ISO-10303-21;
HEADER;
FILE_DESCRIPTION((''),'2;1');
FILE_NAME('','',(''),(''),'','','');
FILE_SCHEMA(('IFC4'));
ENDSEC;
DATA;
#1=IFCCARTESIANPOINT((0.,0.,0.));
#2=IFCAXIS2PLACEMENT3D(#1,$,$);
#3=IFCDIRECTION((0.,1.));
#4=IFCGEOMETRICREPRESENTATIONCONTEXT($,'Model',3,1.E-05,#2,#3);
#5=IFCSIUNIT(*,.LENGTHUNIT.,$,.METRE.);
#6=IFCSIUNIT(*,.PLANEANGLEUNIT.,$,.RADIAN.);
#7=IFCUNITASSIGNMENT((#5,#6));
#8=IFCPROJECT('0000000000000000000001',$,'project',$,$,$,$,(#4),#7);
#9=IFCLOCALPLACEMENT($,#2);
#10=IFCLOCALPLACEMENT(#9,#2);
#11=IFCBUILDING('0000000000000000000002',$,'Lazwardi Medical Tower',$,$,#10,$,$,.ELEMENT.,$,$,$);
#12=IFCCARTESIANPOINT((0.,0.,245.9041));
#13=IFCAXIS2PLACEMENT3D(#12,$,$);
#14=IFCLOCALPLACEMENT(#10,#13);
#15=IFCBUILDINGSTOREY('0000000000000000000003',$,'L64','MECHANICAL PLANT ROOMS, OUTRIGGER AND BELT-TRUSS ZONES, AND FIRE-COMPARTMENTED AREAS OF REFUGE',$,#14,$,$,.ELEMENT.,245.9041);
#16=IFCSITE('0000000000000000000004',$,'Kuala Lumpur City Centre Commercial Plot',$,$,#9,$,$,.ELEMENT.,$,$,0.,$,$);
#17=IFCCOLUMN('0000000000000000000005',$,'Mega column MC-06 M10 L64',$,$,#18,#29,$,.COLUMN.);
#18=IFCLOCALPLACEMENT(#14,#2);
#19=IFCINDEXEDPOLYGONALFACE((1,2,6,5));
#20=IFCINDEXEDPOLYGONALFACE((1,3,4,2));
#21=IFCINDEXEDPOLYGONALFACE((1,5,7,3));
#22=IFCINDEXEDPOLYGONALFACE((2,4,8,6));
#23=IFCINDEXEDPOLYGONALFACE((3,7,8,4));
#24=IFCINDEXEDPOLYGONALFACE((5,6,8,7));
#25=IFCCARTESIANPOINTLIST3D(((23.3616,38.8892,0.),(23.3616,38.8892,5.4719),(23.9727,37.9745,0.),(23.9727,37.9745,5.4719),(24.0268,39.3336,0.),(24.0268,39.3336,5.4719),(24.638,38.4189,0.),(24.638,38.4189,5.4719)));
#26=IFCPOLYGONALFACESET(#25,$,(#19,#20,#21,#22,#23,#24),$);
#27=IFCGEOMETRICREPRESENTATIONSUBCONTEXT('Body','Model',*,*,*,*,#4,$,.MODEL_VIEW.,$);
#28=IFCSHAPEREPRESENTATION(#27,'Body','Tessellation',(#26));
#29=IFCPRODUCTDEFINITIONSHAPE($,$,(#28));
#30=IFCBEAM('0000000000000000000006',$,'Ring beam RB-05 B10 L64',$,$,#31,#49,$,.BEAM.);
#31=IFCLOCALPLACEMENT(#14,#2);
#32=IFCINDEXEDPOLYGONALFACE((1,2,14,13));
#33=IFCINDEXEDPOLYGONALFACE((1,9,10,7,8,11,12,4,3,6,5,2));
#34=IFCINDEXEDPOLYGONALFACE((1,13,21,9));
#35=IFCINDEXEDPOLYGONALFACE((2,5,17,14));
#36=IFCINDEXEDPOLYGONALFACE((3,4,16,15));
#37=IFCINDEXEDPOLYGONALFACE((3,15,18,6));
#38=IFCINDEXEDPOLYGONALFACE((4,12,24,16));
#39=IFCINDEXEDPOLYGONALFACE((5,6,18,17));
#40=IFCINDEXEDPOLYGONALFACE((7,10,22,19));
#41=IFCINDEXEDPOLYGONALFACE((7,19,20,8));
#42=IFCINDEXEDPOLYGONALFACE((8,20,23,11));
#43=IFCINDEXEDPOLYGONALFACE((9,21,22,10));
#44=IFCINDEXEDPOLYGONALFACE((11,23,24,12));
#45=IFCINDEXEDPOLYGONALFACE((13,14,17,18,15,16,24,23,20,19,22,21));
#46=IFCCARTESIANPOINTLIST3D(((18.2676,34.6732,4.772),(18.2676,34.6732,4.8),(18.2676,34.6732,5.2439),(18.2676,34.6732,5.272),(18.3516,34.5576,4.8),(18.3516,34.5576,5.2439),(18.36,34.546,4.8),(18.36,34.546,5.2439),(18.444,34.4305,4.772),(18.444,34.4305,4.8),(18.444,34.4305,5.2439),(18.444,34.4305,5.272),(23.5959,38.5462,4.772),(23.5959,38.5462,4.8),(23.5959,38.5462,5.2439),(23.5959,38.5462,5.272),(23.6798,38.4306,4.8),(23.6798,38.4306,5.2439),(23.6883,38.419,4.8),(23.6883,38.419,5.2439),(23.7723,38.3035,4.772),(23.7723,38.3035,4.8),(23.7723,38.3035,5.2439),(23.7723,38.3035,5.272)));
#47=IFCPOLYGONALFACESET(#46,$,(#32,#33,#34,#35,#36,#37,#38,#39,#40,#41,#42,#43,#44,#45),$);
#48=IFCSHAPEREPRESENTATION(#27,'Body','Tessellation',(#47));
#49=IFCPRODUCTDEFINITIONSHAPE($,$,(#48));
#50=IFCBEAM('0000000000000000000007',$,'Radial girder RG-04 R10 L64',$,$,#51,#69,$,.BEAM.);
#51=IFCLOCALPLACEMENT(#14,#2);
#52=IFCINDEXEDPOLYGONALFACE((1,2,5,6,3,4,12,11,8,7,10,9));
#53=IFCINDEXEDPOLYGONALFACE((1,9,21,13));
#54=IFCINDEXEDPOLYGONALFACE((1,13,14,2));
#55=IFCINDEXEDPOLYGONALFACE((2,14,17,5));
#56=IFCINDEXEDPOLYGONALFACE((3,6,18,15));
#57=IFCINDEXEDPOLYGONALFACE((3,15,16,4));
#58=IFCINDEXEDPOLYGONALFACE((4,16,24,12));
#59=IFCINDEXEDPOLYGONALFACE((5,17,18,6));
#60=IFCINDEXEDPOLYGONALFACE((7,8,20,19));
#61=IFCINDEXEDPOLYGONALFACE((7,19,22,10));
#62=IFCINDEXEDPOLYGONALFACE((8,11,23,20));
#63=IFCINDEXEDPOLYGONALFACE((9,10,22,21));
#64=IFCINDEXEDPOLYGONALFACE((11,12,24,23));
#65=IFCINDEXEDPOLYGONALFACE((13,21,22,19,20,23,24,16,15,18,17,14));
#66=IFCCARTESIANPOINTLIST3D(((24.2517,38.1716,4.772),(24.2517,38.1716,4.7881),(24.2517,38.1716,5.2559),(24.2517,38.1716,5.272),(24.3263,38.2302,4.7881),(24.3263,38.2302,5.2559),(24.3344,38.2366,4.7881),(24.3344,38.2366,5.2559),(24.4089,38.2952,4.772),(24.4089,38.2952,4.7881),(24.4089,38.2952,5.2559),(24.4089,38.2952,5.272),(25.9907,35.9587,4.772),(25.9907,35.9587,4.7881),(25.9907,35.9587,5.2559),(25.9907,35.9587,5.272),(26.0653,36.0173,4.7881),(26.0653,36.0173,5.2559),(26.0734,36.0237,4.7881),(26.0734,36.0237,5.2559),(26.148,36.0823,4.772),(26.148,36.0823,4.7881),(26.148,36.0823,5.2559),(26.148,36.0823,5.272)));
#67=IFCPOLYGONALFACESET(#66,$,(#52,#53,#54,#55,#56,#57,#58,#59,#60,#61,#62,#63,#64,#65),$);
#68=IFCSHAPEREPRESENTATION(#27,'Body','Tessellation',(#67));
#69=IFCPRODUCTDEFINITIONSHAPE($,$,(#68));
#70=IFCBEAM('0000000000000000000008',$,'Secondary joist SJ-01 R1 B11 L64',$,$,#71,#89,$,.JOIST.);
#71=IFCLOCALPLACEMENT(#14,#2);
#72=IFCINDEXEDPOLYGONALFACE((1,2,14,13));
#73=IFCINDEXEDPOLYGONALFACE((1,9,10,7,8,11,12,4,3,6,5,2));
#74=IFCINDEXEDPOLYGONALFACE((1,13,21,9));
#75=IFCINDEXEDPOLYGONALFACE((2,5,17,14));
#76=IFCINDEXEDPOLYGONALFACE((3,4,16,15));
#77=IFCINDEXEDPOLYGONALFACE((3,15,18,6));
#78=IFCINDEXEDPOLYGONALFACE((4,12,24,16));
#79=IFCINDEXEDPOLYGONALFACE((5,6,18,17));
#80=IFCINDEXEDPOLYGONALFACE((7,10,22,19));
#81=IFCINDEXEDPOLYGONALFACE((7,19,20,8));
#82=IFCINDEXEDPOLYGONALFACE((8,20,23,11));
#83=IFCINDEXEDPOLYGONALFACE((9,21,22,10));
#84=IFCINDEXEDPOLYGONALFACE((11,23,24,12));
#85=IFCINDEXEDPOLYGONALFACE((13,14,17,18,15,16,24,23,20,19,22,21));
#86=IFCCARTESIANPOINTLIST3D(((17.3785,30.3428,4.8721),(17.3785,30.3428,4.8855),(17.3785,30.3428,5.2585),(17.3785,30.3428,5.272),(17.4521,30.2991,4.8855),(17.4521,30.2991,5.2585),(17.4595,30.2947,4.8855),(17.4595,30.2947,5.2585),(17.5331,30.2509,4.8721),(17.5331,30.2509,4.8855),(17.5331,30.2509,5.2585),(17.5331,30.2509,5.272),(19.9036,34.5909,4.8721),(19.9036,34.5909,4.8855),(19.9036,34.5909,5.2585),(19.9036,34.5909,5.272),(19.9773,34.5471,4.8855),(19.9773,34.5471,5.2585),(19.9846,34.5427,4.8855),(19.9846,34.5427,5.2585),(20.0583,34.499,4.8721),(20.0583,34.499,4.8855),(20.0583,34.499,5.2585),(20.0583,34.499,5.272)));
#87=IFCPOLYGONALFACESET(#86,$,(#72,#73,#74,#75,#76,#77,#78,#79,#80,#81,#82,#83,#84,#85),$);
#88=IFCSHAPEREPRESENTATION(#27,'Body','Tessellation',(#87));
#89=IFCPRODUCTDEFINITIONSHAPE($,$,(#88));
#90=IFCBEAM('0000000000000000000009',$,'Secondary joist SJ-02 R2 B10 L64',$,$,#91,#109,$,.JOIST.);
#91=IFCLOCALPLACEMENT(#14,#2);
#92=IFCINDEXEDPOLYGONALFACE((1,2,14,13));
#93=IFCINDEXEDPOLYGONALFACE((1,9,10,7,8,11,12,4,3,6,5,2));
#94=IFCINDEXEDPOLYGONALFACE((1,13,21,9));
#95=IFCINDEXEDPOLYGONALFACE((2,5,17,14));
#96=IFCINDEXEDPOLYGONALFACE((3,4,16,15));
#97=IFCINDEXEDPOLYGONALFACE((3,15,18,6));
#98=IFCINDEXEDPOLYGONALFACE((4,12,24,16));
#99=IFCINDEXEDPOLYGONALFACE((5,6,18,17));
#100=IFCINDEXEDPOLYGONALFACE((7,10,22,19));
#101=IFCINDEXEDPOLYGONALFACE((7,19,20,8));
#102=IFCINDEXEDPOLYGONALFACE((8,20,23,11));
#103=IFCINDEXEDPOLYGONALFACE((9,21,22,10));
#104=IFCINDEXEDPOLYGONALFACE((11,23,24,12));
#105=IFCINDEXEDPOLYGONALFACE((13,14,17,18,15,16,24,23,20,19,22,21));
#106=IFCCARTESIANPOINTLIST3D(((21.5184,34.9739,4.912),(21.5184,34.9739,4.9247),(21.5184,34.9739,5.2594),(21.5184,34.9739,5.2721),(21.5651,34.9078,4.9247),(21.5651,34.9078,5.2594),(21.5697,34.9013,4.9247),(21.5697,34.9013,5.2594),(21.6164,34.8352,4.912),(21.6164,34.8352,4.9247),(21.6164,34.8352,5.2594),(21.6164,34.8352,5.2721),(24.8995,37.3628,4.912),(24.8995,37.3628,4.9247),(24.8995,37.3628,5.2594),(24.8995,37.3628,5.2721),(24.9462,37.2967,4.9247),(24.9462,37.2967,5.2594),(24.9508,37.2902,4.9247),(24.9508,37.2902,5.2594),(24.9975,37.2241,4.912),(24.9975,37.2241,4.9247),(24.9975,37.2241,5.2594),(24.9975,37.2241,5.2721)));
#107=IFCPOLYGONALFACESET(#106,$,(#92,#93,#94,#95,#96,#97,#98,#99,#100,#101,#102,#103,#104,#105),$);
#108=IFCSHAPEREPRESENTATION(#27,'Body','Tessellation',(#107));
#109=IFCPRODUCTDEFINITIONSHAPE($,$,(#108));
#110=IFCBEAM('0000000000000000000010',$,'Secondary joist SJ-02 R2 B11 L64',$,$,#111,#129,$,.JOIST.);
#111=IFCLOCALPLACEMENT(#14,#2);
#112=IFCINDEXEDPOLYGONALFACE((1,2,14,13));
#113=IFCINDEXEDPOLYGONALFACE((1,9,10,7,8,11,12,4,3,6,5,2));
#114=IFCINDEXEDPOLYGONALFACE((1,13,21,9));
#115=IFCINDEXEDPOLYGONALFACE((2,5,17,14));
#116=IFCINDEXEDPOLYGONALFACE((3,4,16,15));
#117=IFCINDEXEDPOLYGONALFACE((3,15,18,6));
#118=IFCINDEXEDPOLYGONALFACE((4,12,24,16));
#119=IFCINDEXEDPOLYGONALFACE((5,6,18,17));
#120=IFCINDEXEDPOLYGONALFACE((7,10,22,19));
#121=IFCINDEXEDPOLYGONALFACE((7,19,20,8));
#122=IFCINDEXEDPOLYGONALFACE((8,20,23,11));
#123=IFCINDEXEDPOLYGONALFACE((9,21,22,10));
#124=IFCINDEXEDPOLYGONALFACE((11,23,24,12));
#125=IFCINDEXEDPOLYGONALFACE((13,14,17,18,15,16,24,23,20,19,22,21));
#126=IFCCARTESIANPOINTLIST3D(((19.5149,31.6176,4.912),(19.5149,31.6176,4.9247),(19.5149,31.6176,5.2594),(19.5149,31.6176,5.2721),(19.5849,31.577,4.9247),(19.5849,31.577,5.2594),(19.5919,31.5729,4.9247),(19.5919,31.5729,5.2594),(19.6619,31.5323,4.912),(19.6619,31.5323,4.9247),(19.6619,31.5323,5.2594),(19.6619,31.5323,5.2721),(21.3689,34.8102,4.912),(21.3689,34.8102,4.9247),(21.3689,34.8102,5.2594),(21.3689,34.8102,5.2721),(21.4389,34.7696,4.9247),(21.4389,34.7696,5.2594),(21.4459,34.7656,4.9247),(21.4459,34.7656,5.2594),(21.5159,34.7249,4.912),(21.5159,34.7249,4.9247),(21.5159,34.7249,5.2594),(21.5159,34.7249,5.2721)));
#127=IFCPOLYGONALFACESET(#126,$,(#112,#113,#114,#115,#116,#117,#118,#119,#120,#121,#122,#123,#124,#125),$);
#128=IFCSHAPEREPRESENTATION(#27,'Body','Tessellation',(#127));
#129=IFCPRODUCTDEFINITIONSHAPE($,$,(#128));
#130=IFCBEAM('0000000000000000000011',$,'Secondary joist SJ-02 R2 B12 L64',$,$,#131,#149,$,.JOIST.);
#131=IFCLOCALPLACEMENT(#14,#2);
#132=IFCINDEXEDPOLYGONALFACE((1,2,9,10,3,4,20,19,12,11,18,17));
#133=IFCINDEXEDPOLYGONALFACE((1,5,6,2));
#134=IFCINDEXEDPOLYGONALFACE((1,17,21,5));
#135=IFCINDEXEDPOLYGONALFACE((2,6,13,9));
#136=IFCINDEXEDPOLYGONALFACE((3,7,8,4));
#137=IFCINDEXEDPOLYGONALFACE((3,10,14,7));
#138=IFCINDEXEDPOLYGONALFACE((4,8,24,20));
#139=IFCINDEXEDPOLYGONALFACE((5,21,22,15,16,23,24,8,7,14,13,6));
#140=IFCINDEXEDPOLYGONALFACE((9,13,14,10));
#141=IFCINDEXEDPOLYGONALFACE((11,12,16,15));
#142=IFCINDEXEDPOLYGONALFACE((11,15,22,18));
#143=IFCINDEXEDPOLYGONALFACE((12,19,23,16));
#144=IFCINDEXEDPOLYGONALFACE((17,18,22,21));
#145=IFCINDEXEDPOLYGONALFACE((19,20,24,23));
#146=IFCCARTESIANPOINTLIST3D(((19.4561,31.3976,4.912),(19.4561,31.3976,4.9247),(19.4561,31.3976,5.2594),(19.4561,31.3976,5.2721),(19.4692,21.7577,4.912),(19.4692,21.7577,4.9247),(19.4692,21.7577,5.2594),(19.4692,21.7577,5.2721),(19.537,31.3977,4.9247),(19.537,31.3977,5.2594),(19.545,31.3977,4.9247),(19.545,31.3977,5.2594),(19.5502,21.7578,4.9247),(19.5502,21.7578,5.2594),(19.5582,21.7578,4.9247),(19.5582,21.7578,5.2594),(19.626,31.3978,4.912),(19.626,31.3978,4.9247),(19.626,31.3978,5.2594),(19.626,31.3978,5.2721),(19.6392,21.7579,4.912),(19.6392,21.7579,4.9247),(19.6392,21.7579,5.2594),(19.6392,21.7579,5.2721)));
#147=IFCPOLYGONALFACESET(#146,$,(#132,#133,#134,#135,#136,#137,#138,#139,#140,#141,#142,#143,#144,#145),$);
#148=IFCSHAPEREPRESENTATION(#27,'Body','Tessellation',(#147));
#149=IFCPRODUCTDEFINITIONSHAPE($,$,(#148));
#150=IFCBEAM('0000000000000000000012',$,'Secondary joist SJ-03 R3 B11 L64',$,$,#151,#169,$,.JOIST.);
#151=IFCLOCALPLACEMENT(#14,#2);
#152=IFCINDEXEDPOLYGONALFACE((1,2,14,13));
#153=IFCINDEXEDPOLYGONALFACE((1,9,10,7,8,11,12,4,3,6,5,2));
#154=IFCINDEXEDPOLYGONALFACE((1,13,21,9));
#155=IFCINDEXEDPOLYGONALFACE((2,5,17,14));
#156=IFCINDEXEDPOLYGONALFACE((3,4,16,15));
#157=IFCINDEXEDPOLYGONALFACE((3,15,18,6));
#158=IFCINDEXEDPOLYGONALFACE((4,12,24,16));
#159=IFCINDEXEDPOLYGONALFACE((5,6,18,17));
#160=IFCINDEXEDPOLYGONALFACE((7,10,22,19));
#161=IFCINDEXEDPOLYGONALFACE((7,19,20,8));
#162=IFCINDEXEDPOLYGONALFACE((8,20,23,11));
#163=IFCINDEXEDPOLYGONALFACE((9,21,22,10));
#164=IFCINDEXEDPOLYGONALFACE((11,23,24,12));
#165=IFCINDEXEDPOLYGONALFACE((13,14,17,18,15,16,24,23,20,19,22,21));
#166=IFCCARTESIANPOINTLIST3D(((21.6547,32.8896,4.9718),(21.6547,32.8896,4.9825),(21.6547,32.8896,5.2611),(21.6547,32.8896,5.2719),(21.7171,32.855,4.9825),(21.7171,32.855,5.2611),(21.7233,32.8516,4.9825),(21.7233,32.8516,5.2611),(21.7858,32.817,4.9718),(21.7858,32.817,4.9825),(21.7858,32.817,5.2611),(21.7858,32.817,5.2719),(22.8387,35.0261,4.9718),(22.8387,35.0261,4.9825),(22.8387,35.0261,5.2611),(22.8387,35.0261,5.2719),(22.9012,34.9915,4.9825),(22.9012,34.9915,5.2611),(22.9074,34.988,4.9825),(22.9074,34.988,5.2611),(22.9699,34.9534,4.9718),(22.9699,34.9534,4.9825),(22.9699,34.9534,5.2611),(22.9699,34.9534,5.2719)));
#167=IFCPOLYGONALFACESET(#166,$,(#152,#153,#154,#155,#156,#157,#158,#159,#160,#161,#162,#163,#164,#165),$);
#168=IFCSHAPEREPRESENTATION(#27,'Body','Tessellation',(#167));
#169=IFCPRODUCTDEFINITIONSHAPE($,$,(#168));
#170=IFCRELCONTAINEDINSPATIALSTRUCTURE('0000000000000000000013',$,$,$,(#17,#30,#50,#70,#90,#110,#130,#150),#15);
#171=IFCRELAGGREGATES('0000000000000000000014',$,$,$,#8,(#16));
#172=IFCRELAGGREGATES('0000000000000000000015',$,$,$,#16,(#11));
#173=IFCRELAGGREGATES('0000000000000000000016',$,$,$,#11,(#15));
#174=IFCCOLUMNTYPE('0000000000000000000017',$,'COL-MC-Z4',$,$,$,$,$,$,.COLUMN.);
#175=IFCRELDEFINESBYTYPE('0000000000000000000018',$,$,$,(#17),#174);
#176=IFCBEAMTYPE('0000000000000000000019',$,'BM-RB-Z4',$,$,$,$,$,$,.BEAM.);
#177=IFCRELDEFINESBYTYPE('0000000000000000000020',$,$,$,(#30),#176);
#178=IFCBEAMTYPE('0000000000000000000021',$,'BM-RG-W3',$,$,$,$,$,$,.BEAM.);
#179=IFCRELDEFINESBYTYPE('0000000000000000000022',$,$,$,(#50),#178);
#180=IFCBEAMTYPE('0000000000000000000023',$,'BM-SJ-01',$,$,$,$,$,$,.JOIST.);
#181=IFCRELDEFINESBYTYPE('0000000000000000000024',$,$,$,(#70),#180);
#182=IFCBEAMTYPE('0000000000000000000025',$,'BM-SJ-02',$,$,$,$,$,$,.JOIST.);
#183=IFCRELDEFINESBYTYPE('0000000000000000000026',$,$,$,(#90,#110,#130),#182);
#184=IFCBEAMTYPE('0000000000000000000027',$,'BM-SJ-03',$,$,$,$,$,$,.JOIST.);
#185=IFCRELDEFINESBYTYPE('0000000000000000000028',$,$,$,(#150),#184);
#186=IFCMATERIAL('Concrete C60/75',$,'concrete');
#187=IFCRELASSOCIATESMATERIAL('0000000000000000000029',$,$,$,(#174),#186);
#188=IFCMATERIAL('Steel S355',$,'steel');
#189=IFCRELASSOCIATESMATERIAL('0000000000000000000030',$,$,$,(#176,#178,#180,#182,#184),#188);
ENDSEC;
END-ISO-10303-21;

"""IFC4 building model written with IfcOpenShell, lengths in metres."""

from ifc_helpers import new_model, si_unit, direction, frame, origin, origin_2d, place, context, subcontext, project, spatial, rectangle, i_section, extrude, material, material_profile, profile_set, type_object, element, save


model = new_model("IFC4")

# Units and contexts
model_context = context("Model", 3, precision=1e-05, world=origin(), true_north=direction((0.0, 1.0)))
body_context = subcontext(model_context, "Body", "Model", "MODEL_VIEW")
ifc_project = project(units=[si_unit("LENGTHUNIT", "METRE"), si_unit("PLANEANGLEUNIT", "RADIAN")], contexts=[model_context])

# Site, building, storey
site_placement = place(None, origin())
site = spatial("IfcSite", under=ifc_project, at=site_placement, Name="Kuala Lumpur City Centre Commercial Plot", CompositionType="ELEMENT", RefElevation=0.0)
building_placement = place(site_placement, origin())
building = spatial("IfcBuilding", under=site, at=building_placement, Name="Lazwardi Medical Tower", CompositionType="ELEMENT")
storey_placement = place(building_placement, frame((0.0, 0.0, 245.9041)))
storey = spatial("IfcBuildingStorey", under=building, at=storey_placement, Name="L64", Description="MECHANICAL PLANT ROOMS, OUTRIGGER AND BELT-TRUSS ZONES, AND FIRE-COMPARTMENTED AREAS OF REFUGE", CompositionType="ELEMENT", Elevation=245.9041)

# Column
ifc_material_1 = material(Name="Concrete C60/75", Category="concrete")
ifc_material_profile_1 = material_profile(ifc_material_1, rectangle(XDim=1.1001, YDim=0.8, at=origin_2d()), Name="CFT-RECT 1100x800")
ifc_profile_set_1 = profile_set([ifc_material_profile_1], Name="Concrete C60/75")
column_type = type_object("IfcColumnType", Name="COL-MC-Z4", PredefinedType="COLUMN", material=ifc_profile_set_1)
column_placement = place(storey_placement, frame((23.9998, 38.6541, 0.0), z_axis=(0.0, 0.0, 1.0), x_axis=(-0.55557, 0.83147, 0.0)))
element("IfcColumn", 1, at=column_placement, inside=storey, type_object=column_type, Name="Mega column MC-06 M10 L64", PredefinedType="COLUMN", context=body_context, shape_type="SweptSolid", body=[
    extrude(rectangle(XDim=1.1001, YDim=0.8, at=origin_2d()), origin(), (0.0, 0.0, 1.0), 5.4719),
])

# Beams
ifc_material_2 = material(Name="Steel S355", Category="steel")
ifc_material_profile_2 = material_profile(ifc_material_2, i_section(OverallWidth=0.3, OverallDepth=0.5, WebThickness=0.0144, FlangeThickness=0.0281, at=origin_2d()), Name="HEB 500")
ifc_profile_set_2 = profile_set([ifc_material_profile_2], Name="Steel S355")
beam_type_1 = type_object("IfcBeamType", Name="BM-RB-Z4", PredefinedType="BEAM", material=ifc_profile_set_2)
beam_1_placement = place(storey_placement, frame((23.6841, 38.4248, 5.022), z_axis=(-0.80889, -0.58796, 0.0), x_axis=(0.58796, -0.80889, 0.0)))
element("IfcBeam", 2, at=beam_1_placement, inside=storey, type_object=beam_type_1, Name="Ring beam RB-05 B10 L64", PredefinedType="BEAM", context=body_context, shape_type="SweptSolid", body=[
    extrude(i_section(OverallWidth=0.3, OverallDepth=0.5, WebThickness=0.0144, FlangeThickness=0.0281, at=origin_2d()), origin(), (0.0, 0.0, 1.0), 6.5872),
])
ifc_material_profile_3 = material_profile(ifc_material_2, i_section(OverallWidth=0.2, OverallDepth=0.5, WebThickness=0.0103, FlangeThickness=0.0161, at=origin_2d()), Name="IPE 500")
ifc_profile_set_3 = profile_set([ifc_material_profile_3], Name="Steel S355")
beam_type_2 = type_object("IfcBeamType", Name="BM-RG-W3", PredefinedType="BEAM", material=ifc_profile_set_3)
beam_2_placement = place(storey_placement, frame((24.3303, 38.2334, 5.022), z_axis=(0.617891, -0.786264, 0.0), x_axis=(0.786264, 0.617891, 0.0)))
element("IfcBeam", 3, at=beam_2_placement, inside=storey, type_object=beam_type_2, Name="Radial girder RG-04 R10 L64", PredefinedType="BEAM", context=body_context, shape_type="SweptSolid", body=[
    extrude(i_section(OverallWidth=0.2, OverallDepth=0.5, WebThickness=0.0103, FlangeThickness=0.0161, at=origin_2d()), origin(), (0.0, 0.0, 1.0), 2.8145),
])
ifc_material_profile_4 = material_profile(ifc_material_2, i_section(OverallWidth=0.1799, OverallDepth=0.3999, WebThickness=0.0085, FlangeThickness=0.0134, at=origin_2d()), Name="IPE 400")
ifc_profile_set_4 = profile_set([ifc_material_profile_4], Name="Steel S355")
beam_type_3 = type_object("IfcBeamType", Name="BM-SJ-01", PredefinedType="JOIST", material=ifc_profile_set_4)
beam_3_placement = place(storey_placement, frame((19.981, 34.5449, 5.072), z_axis=(-0.510968, -0.8596, 0.0), x_axis=(0.8596, -0.510968, 0.0)))
element("IfcBeam", 4, at=beam_3_placement, inside=storey, type_object=beam_type_3, Name="Secondary joist SJ-01 R1 B11 L64", PredefinedType="JOIST", context=body_context, shape_type="SweptSolid", body=[
    extrude(i_section(OverallWidth=0.1799, OverallDepth=0.3999, WebThickness=0.0085, FlangeThickness=0.0134, at=origin_2d()), origin(), (0.0, 0.0, 1.0), 4.9419),
])
ifc_material_profile_5 = material_profile(ifc_material_2, i_section(OverallWidth=0.1699, OverallDepth=0.3601, WebThickness=0.0081, FlangeThickness=0.0127, at=origin_2d()), Name="IPE 360")
ifc_profile_set_5 = profile_set([ifc_material_profile_5], Name="Steel S355")
beam_type_4 = type_object("IfcBeamType", Name="BM-SJ-02", PredefinedType="JOIST", material=ifc_profile_set_5)
beam_4_placement = place(storey_placement, frame((24.9485, 37.2935, 5.092), z_axis=(-0.816711, -0.577047, 0.0), x_axis=(0.577047, -0.816711, 0.0)))
element("IfcBeam", 5, at=beam_4_placement, inside=storey, type_object=beam_type_4, Name="Secondary joist SJ-02 R2 B10 L64", PredefinedType="JOIST", context=body_context, shape_type="SweptSolid", body=[
    extrude(i_section(OverallWidth=0.1699, OverallDepth=0.3601, WebThickness=0.0081, FlangeThickness=0.0127, at=origin_2d()), origin(), (0.0, 0.0, 1.0), 4.1399),
])
beam_5_placement = place(storey_placement, frame((21.4424, 34.7676, 5.092), z_axis=(-0.50218, -0.864763, 0.0), x_axis=(0.864763, -0.50218, 0.0)))
element("IfcBeam", 6, at=beam_5_placement, inside=storey, type_object=beam_type_4, Name="Secondary joist SJ-02 R2 B11 L64", PredefinedType="JOIST", context=body_context, shape_type="SweptSolid", body=[
    extrude(i_section(OverallWidth=0.1699, OverallDepth=0.3601, WebThickness=0.0081, FlangeThickness=0.0127, at=origin_2d()), origin(), (0.0, 0.0, 1.0), 3.6919),
])
beam_6_placement = place(storey_placement, frame((19.541, 31.3977, 5.092), z_axis=(0.001368, -0.999999, 0.0), x_axis=(0.999999, 0.001368, 0.0)))
element("IfcBeam", 7, at=beam_6_placement, inside=storey, type_object=beam_type_4, Name="Secondary joist SJ-02 R2 B12 L64", PredefinedType="JOIST", context=body_context, shape_type="SweptSolid", body=[
    extrude(i_section(OverallWidth=0.1699, OverallDepth=0.3601, WebThickness=0.0081, FlangeThickness=0.0127, at=origin_2d()), origin(), (0.0, 0.0, 1.0), 9.6399),
])
ifc_material_profile_6 = material_profile(ifc_material_2, i_section(OverallWidth=0.1499, OverallDepth=0.3, WebThickness=0.0071, FlangeThickness=0.0107, at=origin_2d()), Name="IPE 300")
ifc_profile_set_6 = profile_set([ifc_material_profile_6], Name="Steel S355")
beam_type_5 = type_object("IfcBeamType", Name="BM-SJ-03", PredefinedType="JOIST", material=ifc_profile_set_6)
beam_7_placement = place(storey_placement, frame((22.9043, 34.9897, 5.1218), z_axis=(-0.484752, -0.874652, 0.0), x_axis=(0.874652, -0.484752, 0.0)))
element("IfcBeam", 8, at=beam_7_placement, inside=storey, type_object=beam_type_5, Name="Secondary joist SJ-03 R3 B11 L64", PredefinedType="JOIST", context=body_context, shape_type="SweptSolid", body=[
    extrude(i_section(OverallWidth=0.1499, OverallDepth=0.3, WebThickness=0.0071, FlangeThickness=0.0107, at=origin_2d()), origin(), (0.0, 0.0, 1.0), 2.4426),
])

save(model, "model.ifc")
